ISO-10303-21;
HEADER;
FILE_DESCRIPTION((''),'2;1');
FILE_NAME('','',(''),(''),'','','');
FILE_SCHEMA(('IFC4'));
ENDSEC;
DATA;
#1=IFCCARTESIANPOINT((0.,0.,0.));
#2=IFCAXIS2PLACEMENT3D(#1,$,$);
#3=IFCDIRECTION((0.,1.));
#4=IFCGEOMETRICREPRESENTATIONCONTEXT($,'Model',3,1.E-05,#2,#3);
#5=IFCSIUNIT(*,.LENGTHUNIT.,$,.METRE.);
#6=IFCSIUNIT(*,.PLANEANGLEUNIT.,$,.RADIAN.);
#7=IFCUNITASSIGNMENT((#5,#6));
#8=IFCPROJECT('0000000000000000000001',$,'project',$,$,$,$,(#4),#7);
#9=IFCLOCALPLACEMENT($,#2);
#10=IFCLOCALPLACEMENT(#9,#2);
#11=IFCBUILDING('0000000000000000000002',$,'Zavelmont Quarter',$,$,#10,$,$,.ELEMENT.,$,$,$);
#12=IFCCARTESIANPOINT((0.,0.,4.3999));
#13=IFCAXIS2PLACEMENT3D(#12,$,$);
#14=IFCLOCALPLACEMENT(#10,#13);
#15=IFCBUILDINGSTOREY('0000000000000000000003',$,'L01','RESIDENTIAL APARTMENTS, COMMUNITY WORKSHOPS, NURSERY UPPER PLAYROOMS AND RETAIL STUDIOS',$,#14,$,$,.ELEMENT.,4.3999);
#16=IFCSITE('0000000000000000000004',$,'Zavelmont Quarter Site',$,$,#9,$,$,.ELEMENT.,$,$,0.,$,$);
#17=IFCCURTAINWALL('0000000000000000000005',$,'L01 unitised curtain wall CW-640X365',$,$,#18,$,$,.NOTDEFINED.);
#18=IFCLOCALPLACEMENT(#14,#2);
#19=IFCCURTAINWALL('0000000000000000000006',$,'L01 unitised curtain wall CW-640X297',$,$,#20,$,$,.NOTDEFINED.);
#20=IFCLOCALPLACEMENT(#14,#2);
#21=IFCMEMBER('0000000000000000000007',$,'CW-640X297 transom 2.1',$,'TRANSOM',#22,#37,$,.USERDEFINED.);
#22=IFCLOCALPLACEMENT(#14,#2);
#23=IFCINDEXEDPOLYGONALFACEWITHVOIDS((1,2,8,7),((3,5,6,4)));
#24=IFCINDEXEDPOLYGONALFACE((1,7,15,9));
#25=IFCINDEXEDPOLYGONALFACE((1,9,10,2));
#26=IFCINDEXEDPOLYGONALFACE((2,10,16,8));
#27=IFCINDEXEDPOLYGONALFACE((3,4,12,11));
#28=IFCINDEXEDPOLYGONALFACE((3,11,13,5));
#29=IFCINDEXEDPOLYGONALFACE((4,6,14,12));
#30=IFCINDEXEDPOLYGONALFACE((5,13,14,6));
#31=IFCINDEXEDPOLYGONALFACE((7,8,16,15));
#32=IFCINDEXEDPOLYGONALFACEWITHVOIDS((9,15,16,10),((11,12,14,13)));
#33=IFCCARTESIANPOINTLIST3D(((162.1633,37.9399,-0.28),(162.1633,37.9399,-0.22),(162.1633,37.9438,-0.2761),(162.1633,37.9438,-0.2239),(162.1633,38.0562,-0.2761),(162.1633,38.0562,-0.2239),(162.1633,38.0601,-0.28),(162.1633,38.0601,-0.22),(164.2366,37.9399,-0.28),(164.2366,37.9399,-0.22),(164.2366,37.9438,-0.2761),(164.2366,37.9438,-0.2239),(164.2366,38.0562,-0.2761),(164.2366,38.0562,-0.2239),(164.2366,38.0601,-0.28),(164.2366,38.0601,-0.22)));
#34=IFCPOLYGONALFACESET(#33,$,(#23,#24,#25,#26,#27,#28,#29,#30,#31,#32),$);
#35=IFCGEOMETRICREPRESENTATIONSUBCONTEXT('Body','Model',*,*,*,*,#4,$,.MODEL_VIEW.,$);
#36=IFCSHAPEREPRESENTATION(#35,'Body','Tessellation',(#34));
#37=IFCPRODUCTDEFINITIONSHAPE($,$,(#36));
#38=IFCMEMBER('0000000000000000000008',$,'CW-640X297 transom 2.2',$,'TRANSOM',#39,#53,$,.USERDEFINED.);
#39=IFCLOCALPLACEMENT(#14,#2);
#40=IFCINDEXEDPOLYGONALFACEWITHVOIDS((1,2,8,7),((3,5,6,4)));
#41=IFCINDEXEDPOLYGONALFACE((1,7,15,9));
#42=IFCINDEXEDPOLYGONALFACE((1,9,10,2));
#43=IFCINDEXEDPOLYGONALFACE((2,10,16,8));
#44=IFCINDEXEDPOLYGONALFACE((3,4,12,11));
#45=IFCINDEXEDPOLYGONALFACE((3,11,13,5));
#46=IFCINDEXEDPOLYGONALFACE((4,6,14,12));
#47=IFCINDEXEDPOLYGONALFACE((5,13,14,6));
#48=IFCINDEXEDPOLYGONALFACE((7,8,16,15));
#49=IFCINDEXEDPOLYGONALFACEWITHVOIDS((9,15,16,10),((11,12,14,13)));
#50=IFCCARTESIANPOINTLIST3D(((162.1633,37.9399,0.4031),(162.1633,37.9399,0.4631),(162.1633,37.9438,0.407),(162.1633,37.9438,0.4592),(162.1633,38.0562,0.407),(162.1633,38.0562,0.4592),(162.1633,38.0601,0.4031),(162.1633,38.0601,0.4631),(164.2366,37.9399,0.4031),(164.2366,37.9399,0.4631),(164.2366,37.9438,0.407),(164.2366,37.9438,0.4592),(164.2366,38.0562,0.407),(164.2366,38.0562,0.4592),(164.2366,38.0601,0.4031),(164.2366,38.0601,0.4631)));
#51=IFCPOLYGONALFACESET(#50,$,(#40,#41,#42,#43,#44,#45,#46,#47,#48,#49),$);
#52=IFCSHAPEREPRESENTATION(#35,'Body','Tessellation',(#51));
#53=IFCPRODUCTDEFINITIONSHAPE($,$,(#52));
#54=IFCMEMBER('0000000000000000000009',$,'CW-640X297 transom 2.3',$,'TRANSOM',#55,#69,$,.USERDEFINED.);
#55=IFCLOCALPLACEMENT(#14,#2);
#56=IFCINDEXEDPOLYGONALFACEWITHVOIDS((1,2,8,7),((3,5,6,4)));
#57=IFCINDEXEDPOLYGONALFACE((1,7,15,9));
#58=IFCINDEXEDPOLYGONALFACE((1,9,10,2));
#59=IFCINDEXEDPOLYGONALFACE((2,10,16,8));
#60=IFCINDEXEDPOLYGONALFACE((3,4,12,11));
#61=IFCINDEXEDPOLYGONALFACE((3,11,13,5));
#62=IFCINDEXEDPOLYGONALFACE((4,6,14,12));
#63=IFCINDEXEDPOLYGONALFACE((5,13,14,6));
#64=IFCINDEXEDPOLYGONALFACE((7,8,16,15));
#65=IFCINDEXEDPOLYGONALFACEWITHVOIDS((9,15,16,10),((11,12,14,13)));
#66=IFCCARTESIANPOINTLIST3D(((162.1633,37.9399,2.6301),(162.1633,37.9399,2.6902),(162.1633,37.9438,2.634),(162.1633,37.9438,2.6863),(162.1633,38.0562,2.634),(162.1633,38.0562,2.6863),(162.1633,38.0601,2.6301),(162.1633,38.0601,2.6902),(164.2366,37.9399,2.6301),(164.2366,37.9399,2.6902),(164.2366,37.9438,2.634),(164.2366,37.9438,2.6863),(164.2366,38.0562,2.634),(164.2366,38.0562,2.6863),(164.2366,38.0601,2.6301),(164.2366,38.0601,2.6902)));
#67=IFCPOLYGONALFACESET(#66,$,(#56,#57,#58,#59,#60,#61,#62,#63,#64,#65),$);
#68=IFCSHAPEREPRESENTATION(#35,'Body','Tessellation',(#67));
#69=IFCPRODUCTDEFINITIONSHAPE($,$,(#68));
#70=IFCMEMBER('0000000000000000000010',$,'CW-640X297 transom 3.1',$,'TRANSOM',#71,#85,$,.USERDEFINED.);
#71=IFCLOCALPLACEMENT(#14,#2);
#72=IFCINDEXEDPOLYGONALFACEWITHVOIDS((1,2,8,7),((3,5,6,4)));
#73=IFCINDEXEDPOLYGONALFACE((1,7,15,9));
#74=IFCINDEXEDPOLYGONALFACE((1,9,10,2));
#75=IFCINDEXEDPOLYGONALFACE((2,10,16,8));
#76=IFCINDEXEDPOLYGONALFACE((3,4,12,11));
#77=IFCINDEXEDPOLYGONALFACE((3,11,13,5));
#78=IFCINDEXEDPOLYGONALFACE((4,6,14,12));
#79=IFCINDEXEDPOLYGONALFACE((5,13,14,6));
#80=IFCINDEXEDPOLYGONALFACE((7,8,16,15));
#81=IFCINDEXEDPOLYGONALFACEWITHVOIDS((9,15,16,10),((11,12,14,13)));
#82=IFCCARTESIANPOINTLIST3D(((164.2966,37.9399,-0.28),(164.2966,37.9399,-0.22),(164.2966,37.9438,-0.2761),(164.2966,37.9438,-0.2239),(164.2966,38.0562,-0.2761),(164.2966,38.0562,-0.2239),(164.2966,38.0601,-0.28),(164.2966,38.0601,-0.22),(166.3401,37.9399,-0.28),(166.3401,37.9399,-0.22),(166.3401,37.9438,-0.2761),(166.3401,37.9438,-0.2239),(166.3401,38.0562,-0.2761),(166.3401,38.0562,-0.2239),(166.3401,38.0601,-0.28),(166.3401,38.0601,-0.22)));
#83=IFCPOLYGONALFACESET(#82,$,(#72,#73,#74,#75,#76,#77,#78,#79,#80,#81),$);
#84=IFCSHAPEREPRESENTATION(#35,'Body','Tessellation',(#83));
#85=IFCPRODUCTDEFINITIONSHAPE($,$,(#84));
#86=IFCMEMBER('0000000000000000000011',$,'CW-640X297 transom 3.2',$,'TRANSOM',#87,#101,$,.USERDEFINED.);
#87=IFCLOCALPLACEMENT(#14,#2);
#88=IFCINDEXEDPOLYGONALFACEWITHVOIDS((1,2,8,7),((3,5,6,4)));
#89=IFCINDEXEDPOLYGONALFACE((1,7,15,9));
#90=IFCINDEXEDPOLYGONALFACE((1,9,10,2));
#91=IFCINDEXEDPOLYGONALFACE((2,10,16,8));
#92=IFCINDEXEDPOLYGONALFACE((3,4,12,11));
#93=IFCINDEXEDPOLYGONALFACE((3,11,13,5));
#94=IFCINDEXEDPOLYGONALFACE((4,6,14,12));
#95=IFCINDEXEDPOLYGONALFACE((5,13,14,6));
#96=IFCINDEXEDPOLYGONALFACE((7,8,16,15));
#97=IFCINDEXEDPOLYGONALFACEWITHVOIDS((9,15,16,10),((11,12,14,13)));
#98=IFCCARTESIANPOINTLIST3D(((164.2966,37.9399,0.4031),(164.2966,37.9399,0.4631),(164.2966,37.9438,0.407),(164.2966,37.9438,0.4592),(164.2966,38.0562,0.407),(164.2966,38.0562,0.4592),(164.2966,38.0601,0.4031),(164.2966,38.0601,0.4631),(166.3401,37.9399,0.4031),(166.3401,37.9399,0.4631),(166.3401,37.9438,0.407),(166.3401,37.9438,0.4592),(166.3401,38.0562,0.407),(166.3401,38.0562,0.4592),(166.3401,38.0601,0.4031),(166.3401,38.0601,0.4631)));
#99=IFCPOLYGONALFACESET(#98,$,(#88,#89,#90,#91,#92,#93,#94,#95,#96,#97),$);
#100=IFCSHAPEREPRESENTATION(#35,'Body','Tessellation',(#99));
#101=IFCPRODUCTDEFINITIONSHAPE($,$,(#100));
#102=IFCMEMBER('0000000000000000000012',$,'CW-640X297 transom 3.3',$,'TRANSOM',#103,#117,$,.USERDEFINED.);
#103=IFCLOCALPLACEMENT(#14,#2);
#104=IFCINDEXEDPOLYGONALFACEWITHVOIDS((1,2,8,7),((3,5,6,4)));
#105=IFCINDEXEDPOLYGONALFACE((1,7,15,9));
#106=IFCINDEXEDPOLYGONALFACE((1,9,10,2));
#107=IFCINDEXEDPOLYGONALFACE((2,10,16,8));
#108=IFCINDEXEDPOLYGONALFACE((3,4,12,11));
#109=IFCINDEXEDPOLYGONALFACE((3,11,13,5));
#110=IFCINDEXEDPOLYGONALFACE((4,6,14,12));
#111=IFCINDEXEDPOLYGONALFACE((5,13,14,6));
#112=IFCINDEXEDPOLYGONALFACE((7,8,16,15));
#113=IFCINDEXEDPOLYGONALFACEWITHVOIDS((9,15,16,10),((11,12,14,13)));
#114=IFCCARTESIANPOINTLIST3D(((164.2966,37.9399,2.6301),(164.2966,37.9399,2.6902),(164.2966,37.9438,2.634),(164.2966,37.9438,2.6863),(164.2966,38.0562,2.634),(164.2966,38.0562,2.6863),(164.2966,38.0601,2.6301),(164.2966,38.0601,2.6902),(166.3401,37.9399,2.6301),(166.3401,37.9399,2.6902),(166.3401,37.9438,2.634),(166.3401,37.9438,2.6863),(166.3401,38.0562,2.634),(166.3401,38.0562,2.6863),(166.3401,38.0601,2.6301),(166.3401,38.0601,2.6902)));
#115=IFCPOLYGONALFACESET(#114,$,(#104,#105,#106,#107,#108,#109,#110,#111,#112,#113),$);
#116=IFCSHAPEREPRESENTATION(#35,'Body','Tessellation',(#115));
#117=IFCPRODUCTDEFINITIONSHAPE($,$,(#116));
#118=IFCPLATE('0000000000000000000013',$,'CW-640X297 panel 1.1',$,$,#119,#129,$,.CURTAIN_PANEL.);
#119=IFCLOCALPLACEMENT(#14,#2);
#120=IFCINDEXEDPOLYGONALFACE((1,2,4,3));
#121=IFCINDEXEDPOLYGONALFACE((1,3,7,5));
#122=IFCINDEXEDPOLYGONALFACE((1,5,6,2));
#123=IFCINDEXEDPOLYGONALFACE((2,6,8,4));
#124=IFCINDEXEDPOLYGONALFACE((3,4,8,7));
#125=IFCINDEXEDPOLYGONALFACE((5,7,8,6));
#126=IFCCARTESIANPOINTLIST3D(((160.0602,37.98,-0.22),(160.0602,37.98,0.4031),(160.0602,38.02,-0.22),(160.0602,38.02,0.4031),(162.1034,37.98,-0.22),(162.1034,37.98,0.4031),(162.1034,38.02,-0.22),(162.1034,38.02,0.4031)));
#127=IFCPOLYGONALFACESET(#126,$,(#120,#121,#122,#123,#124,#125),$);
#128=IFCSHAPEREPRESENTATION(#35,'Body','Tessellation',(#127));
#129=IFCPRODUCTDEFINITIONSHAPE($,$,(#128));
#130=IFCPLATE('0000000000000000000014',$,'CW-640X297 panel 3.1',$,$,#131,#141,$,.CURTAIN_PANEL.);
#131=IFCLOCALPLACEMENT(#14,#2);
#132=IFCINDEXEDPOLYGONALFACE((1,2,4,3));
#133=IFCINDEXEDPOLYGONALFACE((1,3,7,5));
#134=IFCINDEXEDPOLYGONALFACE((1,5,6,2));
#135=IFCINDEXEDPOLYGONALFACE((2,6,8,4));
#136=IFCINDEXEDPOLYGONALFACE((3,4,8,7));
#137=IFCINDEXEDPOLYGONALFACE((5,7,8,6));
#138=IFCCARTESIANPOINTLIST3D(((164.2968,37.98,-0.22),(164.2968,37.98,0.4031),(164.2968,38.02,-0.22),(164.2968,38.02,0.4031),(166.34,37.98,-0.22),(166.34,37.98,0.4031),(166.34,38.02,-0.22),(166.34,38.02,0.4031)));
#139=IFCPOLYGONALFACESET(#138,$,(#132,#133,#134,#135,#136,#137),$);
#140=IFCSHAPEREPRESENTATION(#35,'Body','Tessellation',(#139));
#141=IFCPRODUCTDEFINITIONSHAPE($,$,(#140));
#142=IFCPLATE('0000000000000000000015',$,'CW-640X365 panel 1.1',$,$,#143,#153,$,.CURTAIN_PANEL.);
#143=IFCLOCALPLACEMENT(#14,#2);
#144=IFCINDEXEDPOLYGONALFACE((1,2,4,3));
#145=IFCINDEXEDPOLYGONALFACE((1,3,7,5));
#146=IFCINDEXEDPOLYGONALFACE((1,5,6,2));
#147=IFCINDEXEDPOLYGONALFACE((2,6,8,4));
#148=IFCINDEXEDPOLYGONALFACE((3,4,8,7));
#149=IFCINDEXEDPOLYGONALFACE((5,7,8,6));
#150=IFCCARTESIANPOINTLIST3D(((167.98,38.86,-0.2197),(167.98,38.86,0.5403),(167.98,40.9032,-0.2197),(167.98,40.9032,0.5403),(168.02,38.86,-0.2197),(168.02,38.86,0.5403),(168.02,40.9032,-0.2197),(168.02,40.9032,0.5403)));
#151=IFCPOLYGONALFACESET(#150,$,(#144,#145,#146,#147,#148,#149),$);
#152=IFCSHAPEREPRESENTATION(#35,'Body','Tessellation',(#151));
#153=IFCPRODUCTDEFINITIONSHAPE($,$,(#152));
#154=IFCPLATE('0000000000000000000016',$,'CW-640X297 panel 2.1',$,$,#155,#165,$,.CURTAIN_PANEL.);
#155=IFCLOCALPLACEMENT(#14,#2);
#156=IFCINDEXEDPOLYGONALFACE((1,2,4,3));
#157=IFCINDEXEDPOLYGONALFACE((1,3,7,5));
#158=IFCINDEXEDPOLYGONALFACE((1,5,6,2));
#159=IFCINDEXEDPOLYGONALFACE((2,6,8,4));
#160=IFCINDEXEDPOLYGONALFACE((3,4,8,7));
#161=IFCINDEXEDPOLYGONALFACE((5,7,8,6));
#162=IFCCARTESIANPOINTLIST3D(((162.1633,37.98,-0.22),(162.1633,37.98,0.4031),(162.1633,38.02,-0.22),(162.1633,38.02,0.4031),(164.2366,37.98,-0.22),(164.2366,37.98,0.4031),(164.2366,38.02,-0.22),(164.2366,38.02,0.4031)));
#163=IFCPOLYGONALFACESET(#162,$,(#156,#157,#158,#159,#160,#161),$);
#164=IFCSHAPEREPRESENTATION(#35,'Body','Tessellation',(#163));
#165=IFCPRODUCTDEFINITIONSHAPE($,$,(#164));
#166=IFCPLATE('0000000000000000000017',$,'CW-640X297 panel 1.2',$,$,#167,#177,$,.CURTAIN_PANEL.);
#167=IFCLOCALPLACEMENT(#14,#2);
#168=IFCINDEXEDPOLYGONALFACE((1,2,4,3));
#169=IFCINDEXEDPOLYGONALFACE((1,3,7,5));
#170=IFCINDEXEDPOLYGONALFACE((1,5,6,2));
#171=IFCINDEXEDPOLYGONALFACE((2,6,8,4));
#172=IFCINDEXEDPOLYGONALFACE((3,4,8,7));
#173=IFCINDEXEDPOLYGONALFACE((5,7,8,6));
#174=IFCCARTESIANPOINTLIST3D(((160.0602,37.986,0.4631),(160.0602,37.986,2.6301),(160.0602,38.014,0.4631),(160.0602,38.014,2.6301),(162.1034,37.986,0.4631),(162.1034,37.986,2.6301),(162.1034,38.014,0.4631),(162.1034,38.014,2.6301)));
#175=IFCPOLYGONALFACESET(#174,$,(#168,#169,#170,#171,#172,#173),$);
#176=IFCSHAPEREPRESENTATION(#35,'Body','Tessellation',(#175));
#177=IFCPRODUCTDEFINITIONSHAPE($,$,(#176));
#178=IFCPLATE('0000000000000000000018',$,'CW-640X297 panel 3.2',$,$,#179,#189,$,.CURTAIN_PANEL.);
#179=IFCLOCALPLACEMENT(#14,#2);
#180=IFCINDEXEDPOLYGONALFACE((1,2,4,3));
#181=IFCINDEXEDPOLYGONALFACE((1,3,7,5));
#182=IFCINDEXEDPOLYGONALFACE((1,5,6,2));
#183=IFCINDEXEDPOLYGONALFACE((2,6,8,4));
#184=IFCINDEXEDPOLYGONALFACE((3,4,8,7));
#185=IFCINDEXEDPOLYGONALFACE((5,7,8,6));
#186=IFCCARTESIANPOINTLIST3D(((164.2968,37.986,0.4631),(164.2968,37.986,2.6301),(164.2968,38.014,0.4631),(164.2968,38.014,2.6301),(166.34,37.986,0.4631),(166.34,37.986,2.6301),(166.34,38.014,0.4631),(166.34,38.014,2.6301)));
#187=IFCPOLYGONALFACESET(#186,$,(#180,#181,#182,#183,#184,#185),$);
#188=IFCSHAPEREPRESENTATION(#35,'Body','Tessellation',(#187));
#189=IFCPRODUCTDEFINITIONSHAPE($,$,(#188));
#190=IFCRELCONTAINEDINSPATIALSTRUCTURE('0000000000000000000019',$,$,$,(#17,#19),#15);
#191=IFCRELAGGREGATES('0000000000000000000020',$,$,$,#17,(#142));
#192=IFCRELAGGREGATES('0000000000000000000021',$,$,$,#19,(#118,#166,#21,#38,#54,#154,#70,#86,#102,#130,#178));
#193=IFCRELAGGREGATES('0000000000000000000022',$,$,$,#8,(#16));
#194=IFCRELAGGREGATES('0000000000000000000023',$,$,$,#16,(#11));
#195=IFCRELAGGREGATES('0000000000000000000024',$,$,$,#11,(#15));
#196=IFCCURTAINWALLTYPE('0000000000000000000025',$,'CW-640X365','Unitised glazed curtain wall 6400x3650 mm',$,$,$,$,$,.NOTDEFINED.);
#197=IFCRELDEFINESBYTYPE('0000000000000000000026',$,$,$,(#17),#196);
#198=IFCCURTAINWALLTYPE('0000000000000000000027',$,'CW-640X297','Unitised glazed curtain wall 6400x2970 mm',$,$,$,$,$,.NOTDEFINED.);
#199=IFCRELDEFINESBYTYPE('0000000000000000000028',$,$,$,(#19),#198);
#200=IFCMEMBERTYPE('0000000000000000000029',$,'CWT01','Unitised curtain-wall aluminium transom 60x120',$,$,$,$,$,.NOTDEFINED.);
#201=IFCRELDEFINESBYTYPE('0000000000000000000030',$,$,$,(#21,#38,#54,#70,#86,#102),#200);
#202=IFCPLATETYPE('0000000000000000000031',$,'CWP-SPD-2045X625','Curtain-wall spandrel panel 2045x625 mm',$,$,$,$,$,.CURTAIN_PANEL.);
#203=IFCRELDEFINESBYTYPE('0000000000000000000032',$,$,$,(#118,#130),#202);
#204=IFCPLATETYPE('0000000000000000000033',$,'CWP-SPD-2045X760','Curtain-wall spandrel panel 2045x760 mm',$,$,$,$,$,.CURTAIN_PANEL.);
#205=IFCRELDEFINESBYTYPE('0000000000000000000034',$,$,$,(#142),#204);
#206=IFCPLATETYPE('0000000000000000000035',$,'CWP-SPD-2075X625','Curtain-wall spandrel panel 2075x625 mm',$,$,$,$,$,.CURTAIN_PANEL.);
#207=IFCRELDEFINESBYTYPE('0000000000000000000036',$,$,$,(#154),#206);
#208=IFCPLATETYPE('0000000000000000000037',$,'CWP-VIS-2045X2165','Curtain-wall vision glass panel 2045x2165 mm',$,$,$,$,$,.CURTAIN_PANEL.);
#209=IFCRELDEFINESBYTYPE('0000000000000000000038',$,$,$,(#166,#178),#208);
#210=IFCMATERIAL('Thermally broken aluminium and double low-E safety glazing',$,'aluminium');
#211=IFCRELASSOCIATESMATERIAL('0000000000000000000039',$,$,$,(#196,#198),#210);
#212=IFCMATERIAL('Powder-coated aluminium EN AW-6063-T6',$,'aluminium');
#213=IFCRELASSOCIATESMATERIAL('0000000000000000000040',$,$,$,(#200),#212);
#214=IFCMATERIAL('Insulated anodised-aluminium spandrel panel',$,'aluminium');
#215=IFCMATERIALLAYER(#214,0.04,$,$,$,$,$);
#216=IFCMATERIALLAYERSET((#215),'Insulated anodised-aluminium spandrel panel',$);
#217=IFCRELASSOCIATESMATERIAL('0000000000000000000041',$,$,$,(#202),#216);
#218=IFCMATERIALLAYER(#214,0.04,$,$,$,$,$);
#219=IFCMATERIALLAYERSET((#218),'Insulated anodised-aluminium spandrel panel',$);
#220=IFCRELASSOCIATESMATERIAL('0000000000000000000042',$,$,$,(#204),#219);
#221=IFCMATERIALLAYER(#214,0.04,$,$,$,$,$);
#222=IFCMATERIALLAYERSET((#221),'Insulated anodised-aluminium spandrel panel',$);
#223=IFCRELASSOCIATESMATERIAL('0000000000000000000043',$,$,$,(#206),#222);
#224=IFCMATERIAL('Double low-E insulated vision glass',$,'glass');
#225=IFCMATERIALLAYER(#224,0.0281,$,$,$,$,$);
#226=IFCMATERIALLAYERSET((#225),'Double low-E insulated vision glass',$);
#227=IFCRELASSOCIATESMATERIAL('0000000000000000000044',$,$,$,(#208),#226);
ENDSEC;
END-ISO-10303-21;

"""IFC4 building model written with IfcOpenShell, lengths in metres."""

from ifc_helpers import new_model, si_unit, direction, frame, origin, origin_2d, place, context, subcontext, project, spatial, rectangle, hollow_rectangle, extrude, material, layer, layer_set, material_profile, profile_set, type_object, element, aggregate, save


model = new_model("IFC4")

# Units and contexts
model_context = context("Model", 3, precision=1e-05, world=origin(), true_north=direction((0.0, 1.0)))
body_context = subcontext(model_context, "Body", "Model", "MODEL_VIEW")
ifc_project = project(units=[si_unit("LENGTHUNIT", "METRE"), si_unit("PLANEANGLEUNIT", "RADIAN")], contexts=[model_context])

# Site, building, storey
site_placement = place(None, origin())
site = spatial("IfcSite", under=ifc_project, at=site_placement, Name="Zavelmont Quarter Site", CompositionType="ELEMENT", RefElevation=0.0)
building_placement = place(site_placement, origin())
building = spatial("IfcBuilding", under=site, at=building_placement, Name="Zavelmont Quarter", CompositionType="ELEMENT")
storey_placement = place(building_placement, frame((0.0, 0.0, 4.3999)))
storey = spatial("IfcBuildingStorey", under=building, at=storey_placement, Name="L01", Description="RESIDENTIAL APARTMENTS, COMMUNITY WORKSHOPS, NURSERY UPPER PLAYROOMS AND RETAIL STUDIOS", CompositionType="ELEMENT", Elevation=4.3999)

# Curtain wall
ifc_material_1 = material(Name="Thermally broken aluminium and double low-E safety glazing", Category="aluminium")
curtain_wall_type_1 = type_object("IfcCurtainWallType", Name="CW-640X365", Description="Unitised glazed curtain wall 6400x3650 mm", PredefinedType="NOTDEFINED", material=ifc_material_1)
curtain_wall_1_placement = place(storey_placement, origin())
curtain_wall_1 = element("IfcCurtainWall", 1, at=curtain_wall_1_placement, inside=storey, type_object=curtain_wall_type_1, Name="L01 unitised curtain wall CW-640X365", PredefinedType="NOTDEFINED")
ifc_material_2 = material(Name="Powder-coated aluminium EN AW-6063-T6", Category="aluminium")

# Curtain wall
curtain_wall_type_2 = type_object("IfcCurtainWallType", Name="CW-640X297", Description="Unitised glazed curtain wall 6400x2970 mm", PredefinedType="NOTDEFINED", material=ifc_material_1)
curtain_wall_2_placement = place(storey_placement, origin())
curtain_wall_2 = element("IfcCurtainWall", 2, at=curtain_wall_2_placement, inside=storey, type_object=curtain_wall_type_2, Name="L01 unitised curtain wall CW-640X297", PredefinedType="NOTDEFINED")

# Members
ifc_material_profile_1 = material_profile(ifc_material_2, hollow_rectangle(XDim=0.1201, YDim=0.0601, WallThickness=0.0039, at=origin_2d()), Name="CWT60X120")
ifc_profile_set_1 = profile_set([ifc_material_profile_1], Name="Powder-coated aluminium EN AW-6063-T6")
member_type_1 = type_object("IfcMemberType", Name="CWT01", Description="Unitised curtain-wall aluminium transom 60x120", PredefinedType="NOTDEFINED", material=ifc_profile_set_1)
member_1_placement = place(storey_placement, frame((162.1633, 38.0, -0.25), z_axis=(1.0, 0.0, 0.0), x_axis=(0.0, 1.0, 0.0)))
member_1 = element("IfcMember", 3, at=member_1_placement, type_object=member_type_1, Name="CW-640X297 transom 2.1", ObjectType="TRANSOM", PredefinedType="USERDEFINED", context=body_context, shape_type="SweptSolid", body=[
    extrude(hollow_rectangle(XDim=0.1201, YDim=0.0601, WallThickness=0.0039, at=origin_2d()), origin(), (0.0, 0.0, 1.0), 2.0732),
])
member_2_placement = place(storey_placement, frame((162.1633, 38.0, 0.4331), z_axis=(1.0, 0.0, 0.0), x_axis=(0.0, 1.0, 0.0)))
member_2 = element("IfcMember", 4, at=member_2_placement, type_object=member_type_1, Name="CW-640X297 transom 2.2", ObjectType="TRANSOM", PredefinedType="USERDEFINED", context=body_context, shape_type="SweptSolid", body=[
    extrude(hollow_rectangle(XDim=0.1201, YDim=0.0601, WallThickness=0.0039, at=origin_2d()), origin(), (0.0, 0.0, 1.0), 2.0732),
])
member_3_placement = place(storey_placement, frame((162.1633, 38.0, 2.6602), z_axis=(1.0, 0.0, 0.0), x_axis=(0.0, 1.0, 0.0)))
member_3 = element("IfcMember", 5, at=member_3_placement, type_object=member_type_1, Name="CW-640X297 transom 2.3", ObjectType="TRANSOM", PredefinedType="USERDEFINED", context=body_context, shape_type="SweptSolid", body=[
    extrude(hollow_rectangle(XDim=0.1201, YDim=0.0601, WallThickness=0.0039, at=origin_2d()), origin(), (0.0, 0.0, 1.0), 2.0732),
])
member_4_placement = place(storey_placement, frame((164.2966, 38.0, -0.25), z_axis=(1.0, 0.0, 0.0), x_axis=(0.0, 1.0, 0.0)))
member_4 = element("IfcMember", 6, at=member_4_placement, type_object=member_type_1, Name="CW-640X297 transom 3.1", ObjectType="TRANSOM", PredefinedType="USERDEFINED", context=body_context, shape_type="SweptSolid", body=[
    extrude(hollow_rectangle(XDim=0.1201, YDim=0.0601, WallThickness=0.0039, at=origin_2d()), origin(), (0.0, 0.0, 1.0), 2.0435),
])
member_5_placement = place(storey_placement, frame((164.2966, 38.0, 0.4331), z_axis=(1.0, 0.0, 0.0), x_axis=(0.0, 1.0, 0.0)))
member_5 = element("IfcMember", 7, at=member_5_placement, type_object=member_type_1, Name="CW-640X297 transom 3.2", ObjectType="TRANSOM", PredefinedType="USERDEFINED", context=body_context, shape_type="SweptSolid", body=[
    extrude(hollow_rectangle(XDim=0.1201, YDim=0.0601, WallThickness=0.0039, at=origin_2d()), origin(), (0.0, 0.0, 1.0), 2.0435),
])
member_6_placement = place(storey_placement, frame((164.2966, 38.0, 2.6602), z_axis=(1.0, 0.0, 0.0), x_axis=(0.0, 1.0, 0.0)))
member_6 = element("IfcMember", 8, at=member_6_placement, type_object=member_type_1, Name="CW-640X297 transom 3.3", ObjectType="TRANSOM", PredefinedType="USERDEFINED", context=body_context, shape_type="SweptSolid", body=[
    extrude(hollow_rectangle(XDim=0.1201, YDim=0.0601, WallThickness=0.0039, at=origin_2d()), origin(), (0.0, 0.0, 1.0), 2.0435),
])

# Plates
ifc_material_3 = material(Name="Insulated anodised-aluminium spandrel panel", Category="aluminium")
ifc_layer_1 = layer(ifc_material_3, 0.04)
ifc_layer_set_1 = layer_set([ifc_layer_1], Name="Insulated anodised-aluminium spandrel panel")
plate_type_1 = type_object("IfcPlateType", Name="CWP-SPD-2045X625", Description="Curtain-wall spandrel panel 2045x625 mm", PredefinedType="CURTAIN_PANEL", material=ifc_layer_set_1)
plate_1_placement = place(storey_placement, frame((161.0818, 38.0, -0.22), z_axis=(0.0, 0.0, 1.0), x_axis=(1.0, 0.0, 0.0)))
plate_1 = element("IfcPlate", 9, at=plate_1_placement, type_object=plate_type_1, Name="CW-640X297 panel 1.1", PredefinedType="CURTAIN_PANEL", context=body_context, shape_type="SweptSolid", body=[
    extrude(rectangle(XDim=2.0432, YDim=0.04, at=origin_2d()), origin(), (0.0, 0.0, 1.0), 0.623),
])
plate_2_placement = place(storey_placement, frame((165.3184, 38.0, -0.22), z_axis=(0.0, 0.0, 1.0), x_axis=(1.0, 0.0, 0.0)))
plate_2 = element("IfcPlate", 10, at=plate_2_placement, type_object=plate_type_1, Name="CW-640X297 panel 3.1", PredefinedType="CURTAIN_PANEL", context=body_context, shape_type="SweptSolid", body=[
    extrude(rectangle(XDim=2.0432, YDim=0.04, at=origin_2d()), origin(), (0.0, 0.0, 1.0), 0.623),
])
ifc_layer_2 = layer(ifc_material_3, 0.04)
ifc_layer_set_2 = layer_set([ifc_layer_2], Name="Insulated anodised-aluminium spandrel panel")
plate_type_2 = type_object("IfcPlateType", Name="CWP-SPD-2045X760", Description="Curtain-wall spandrel panel 2045x760 mm", PredefinedType="CURTAIN_PANEL", material=ifc_layer_set_2)
plate_3_placement = place(storey_placement, frame((168.0, 39.8816, -0.2197), z_axis=(0.0, 0.0, 1.0), x_axis=(0.0, 1.0, 0.0)))
plate_3 = element("IfcPlate", 11, at=plate_3_placement, type_object=plate_type_2, Name="CW-640X365 panel 1.1", PredefinedType="CURTAIN_PANEL", context=body_context, shape_type="SweptSolid", body=[
    extrude(rectangle(XDim=2.0432, YDim=0.04, at=origin_2d()), origin(), (0.0, 0.0, 1.0), 0.76),
])
ifc_layer_3 = layer(ifc_material_3, 0.04)
ifc_layer_set_3 = layer_set([ifc_layer_3], Name="Insulated anodised-aluminium spandrel panel")
plate_type_3 = type_object("IfcPlateType", Name="CWP-SPD-2075X625", Description="Curtain-wall spandrel panel 2075x625 mm", PredefinedType="CURTAIN_PANEL", material=ifc_layer_set_3)
plate_4_placement = place(storey_placement, frame((163.2, 38.0, -0.22), z_axis=(0.0, 0.0, 1.0), x_axis=(1.0, 0.0, 0.0)))
plate_4 = element("IfcPlate", 12, at=plate_4_placement, type_object=plate_type_3, Name="CW-640X297 panel 2.1", PredefinedType="CURTAIN_PANEL", context=body_context, shape_type="SweptSolid", body=[
    extrude(rectangle(XDim=2.0732, YDim=0.04, at=origin_2d()), origin(), (0.0, 0.0, 1.0), 0.623),
])
ifc_material_4 = material(Name="Double low-E insulated vision glass", Category="glass")
ifc_layer_4 = layer(ifc_material_4, 0.0281)
ifc_layer_set_4 = layer_set([ifc_layer_4], Name="Double low-E insulated vision glass")
plate_type_4 = type_object("IfcPlateType", Name="CWP-VIS-2045X2165", Description="Curtain-wall vision glass panel 2045x2165 mm", PredefinedType="CURTAIN_PANEL", material=ifc_layer_set_4)
plate_5_placement = place(storey_placement, frame((161.0818, 38.0, 0.4631), z_axis=(0.0, 0.0, 1.0), x_axis=(1.0, 0.0, 0.0)))
plate_5 = element("IfcPlate", 13, at=plate_5_placement, type_object=plate_type_4, Name="CW-640X297 panel 1.2", PredefinedType="CURTAIN_PANEL", context=body_context, shape_type="SweptSolid", body=[
    extrude(rectangle(XDim=2.0432, YDim=0.0281, at=origin_2d()), origin(), (0.0, 0.0, 1.0), 2.167),
])
plate_6_placement = place(storey_placement, frame((165.3184, 38.0, 0.4631), z_axis=(0.0, 0.0, 1.0), x_axis=(1.0, 0.0, 0.0)))
plate_6 = element("IfcPlate", 14, at=plate_6_placement, type_object=plate_type_4, Name="CW-640X297 panel 3.2", PredefinedType="CURTAIN_PANEL", context=body_context, shape_type="SweptSolid", body=[
    extrude(rectangle(XDim=2.0432, YDim=0.0281, at=origin_2d()), origin(), (0.0, 0.0, 1.0), 2.167),
])
aggregate(curtain_wall_1, [plate_3])
aggregate(curtain_wall_2, [plate_1, plate_5, member_1, member_2, member_3, plate_4, member_4, member_5, member_6, plate_2, plate_6])

save(model, "model.ifc")
